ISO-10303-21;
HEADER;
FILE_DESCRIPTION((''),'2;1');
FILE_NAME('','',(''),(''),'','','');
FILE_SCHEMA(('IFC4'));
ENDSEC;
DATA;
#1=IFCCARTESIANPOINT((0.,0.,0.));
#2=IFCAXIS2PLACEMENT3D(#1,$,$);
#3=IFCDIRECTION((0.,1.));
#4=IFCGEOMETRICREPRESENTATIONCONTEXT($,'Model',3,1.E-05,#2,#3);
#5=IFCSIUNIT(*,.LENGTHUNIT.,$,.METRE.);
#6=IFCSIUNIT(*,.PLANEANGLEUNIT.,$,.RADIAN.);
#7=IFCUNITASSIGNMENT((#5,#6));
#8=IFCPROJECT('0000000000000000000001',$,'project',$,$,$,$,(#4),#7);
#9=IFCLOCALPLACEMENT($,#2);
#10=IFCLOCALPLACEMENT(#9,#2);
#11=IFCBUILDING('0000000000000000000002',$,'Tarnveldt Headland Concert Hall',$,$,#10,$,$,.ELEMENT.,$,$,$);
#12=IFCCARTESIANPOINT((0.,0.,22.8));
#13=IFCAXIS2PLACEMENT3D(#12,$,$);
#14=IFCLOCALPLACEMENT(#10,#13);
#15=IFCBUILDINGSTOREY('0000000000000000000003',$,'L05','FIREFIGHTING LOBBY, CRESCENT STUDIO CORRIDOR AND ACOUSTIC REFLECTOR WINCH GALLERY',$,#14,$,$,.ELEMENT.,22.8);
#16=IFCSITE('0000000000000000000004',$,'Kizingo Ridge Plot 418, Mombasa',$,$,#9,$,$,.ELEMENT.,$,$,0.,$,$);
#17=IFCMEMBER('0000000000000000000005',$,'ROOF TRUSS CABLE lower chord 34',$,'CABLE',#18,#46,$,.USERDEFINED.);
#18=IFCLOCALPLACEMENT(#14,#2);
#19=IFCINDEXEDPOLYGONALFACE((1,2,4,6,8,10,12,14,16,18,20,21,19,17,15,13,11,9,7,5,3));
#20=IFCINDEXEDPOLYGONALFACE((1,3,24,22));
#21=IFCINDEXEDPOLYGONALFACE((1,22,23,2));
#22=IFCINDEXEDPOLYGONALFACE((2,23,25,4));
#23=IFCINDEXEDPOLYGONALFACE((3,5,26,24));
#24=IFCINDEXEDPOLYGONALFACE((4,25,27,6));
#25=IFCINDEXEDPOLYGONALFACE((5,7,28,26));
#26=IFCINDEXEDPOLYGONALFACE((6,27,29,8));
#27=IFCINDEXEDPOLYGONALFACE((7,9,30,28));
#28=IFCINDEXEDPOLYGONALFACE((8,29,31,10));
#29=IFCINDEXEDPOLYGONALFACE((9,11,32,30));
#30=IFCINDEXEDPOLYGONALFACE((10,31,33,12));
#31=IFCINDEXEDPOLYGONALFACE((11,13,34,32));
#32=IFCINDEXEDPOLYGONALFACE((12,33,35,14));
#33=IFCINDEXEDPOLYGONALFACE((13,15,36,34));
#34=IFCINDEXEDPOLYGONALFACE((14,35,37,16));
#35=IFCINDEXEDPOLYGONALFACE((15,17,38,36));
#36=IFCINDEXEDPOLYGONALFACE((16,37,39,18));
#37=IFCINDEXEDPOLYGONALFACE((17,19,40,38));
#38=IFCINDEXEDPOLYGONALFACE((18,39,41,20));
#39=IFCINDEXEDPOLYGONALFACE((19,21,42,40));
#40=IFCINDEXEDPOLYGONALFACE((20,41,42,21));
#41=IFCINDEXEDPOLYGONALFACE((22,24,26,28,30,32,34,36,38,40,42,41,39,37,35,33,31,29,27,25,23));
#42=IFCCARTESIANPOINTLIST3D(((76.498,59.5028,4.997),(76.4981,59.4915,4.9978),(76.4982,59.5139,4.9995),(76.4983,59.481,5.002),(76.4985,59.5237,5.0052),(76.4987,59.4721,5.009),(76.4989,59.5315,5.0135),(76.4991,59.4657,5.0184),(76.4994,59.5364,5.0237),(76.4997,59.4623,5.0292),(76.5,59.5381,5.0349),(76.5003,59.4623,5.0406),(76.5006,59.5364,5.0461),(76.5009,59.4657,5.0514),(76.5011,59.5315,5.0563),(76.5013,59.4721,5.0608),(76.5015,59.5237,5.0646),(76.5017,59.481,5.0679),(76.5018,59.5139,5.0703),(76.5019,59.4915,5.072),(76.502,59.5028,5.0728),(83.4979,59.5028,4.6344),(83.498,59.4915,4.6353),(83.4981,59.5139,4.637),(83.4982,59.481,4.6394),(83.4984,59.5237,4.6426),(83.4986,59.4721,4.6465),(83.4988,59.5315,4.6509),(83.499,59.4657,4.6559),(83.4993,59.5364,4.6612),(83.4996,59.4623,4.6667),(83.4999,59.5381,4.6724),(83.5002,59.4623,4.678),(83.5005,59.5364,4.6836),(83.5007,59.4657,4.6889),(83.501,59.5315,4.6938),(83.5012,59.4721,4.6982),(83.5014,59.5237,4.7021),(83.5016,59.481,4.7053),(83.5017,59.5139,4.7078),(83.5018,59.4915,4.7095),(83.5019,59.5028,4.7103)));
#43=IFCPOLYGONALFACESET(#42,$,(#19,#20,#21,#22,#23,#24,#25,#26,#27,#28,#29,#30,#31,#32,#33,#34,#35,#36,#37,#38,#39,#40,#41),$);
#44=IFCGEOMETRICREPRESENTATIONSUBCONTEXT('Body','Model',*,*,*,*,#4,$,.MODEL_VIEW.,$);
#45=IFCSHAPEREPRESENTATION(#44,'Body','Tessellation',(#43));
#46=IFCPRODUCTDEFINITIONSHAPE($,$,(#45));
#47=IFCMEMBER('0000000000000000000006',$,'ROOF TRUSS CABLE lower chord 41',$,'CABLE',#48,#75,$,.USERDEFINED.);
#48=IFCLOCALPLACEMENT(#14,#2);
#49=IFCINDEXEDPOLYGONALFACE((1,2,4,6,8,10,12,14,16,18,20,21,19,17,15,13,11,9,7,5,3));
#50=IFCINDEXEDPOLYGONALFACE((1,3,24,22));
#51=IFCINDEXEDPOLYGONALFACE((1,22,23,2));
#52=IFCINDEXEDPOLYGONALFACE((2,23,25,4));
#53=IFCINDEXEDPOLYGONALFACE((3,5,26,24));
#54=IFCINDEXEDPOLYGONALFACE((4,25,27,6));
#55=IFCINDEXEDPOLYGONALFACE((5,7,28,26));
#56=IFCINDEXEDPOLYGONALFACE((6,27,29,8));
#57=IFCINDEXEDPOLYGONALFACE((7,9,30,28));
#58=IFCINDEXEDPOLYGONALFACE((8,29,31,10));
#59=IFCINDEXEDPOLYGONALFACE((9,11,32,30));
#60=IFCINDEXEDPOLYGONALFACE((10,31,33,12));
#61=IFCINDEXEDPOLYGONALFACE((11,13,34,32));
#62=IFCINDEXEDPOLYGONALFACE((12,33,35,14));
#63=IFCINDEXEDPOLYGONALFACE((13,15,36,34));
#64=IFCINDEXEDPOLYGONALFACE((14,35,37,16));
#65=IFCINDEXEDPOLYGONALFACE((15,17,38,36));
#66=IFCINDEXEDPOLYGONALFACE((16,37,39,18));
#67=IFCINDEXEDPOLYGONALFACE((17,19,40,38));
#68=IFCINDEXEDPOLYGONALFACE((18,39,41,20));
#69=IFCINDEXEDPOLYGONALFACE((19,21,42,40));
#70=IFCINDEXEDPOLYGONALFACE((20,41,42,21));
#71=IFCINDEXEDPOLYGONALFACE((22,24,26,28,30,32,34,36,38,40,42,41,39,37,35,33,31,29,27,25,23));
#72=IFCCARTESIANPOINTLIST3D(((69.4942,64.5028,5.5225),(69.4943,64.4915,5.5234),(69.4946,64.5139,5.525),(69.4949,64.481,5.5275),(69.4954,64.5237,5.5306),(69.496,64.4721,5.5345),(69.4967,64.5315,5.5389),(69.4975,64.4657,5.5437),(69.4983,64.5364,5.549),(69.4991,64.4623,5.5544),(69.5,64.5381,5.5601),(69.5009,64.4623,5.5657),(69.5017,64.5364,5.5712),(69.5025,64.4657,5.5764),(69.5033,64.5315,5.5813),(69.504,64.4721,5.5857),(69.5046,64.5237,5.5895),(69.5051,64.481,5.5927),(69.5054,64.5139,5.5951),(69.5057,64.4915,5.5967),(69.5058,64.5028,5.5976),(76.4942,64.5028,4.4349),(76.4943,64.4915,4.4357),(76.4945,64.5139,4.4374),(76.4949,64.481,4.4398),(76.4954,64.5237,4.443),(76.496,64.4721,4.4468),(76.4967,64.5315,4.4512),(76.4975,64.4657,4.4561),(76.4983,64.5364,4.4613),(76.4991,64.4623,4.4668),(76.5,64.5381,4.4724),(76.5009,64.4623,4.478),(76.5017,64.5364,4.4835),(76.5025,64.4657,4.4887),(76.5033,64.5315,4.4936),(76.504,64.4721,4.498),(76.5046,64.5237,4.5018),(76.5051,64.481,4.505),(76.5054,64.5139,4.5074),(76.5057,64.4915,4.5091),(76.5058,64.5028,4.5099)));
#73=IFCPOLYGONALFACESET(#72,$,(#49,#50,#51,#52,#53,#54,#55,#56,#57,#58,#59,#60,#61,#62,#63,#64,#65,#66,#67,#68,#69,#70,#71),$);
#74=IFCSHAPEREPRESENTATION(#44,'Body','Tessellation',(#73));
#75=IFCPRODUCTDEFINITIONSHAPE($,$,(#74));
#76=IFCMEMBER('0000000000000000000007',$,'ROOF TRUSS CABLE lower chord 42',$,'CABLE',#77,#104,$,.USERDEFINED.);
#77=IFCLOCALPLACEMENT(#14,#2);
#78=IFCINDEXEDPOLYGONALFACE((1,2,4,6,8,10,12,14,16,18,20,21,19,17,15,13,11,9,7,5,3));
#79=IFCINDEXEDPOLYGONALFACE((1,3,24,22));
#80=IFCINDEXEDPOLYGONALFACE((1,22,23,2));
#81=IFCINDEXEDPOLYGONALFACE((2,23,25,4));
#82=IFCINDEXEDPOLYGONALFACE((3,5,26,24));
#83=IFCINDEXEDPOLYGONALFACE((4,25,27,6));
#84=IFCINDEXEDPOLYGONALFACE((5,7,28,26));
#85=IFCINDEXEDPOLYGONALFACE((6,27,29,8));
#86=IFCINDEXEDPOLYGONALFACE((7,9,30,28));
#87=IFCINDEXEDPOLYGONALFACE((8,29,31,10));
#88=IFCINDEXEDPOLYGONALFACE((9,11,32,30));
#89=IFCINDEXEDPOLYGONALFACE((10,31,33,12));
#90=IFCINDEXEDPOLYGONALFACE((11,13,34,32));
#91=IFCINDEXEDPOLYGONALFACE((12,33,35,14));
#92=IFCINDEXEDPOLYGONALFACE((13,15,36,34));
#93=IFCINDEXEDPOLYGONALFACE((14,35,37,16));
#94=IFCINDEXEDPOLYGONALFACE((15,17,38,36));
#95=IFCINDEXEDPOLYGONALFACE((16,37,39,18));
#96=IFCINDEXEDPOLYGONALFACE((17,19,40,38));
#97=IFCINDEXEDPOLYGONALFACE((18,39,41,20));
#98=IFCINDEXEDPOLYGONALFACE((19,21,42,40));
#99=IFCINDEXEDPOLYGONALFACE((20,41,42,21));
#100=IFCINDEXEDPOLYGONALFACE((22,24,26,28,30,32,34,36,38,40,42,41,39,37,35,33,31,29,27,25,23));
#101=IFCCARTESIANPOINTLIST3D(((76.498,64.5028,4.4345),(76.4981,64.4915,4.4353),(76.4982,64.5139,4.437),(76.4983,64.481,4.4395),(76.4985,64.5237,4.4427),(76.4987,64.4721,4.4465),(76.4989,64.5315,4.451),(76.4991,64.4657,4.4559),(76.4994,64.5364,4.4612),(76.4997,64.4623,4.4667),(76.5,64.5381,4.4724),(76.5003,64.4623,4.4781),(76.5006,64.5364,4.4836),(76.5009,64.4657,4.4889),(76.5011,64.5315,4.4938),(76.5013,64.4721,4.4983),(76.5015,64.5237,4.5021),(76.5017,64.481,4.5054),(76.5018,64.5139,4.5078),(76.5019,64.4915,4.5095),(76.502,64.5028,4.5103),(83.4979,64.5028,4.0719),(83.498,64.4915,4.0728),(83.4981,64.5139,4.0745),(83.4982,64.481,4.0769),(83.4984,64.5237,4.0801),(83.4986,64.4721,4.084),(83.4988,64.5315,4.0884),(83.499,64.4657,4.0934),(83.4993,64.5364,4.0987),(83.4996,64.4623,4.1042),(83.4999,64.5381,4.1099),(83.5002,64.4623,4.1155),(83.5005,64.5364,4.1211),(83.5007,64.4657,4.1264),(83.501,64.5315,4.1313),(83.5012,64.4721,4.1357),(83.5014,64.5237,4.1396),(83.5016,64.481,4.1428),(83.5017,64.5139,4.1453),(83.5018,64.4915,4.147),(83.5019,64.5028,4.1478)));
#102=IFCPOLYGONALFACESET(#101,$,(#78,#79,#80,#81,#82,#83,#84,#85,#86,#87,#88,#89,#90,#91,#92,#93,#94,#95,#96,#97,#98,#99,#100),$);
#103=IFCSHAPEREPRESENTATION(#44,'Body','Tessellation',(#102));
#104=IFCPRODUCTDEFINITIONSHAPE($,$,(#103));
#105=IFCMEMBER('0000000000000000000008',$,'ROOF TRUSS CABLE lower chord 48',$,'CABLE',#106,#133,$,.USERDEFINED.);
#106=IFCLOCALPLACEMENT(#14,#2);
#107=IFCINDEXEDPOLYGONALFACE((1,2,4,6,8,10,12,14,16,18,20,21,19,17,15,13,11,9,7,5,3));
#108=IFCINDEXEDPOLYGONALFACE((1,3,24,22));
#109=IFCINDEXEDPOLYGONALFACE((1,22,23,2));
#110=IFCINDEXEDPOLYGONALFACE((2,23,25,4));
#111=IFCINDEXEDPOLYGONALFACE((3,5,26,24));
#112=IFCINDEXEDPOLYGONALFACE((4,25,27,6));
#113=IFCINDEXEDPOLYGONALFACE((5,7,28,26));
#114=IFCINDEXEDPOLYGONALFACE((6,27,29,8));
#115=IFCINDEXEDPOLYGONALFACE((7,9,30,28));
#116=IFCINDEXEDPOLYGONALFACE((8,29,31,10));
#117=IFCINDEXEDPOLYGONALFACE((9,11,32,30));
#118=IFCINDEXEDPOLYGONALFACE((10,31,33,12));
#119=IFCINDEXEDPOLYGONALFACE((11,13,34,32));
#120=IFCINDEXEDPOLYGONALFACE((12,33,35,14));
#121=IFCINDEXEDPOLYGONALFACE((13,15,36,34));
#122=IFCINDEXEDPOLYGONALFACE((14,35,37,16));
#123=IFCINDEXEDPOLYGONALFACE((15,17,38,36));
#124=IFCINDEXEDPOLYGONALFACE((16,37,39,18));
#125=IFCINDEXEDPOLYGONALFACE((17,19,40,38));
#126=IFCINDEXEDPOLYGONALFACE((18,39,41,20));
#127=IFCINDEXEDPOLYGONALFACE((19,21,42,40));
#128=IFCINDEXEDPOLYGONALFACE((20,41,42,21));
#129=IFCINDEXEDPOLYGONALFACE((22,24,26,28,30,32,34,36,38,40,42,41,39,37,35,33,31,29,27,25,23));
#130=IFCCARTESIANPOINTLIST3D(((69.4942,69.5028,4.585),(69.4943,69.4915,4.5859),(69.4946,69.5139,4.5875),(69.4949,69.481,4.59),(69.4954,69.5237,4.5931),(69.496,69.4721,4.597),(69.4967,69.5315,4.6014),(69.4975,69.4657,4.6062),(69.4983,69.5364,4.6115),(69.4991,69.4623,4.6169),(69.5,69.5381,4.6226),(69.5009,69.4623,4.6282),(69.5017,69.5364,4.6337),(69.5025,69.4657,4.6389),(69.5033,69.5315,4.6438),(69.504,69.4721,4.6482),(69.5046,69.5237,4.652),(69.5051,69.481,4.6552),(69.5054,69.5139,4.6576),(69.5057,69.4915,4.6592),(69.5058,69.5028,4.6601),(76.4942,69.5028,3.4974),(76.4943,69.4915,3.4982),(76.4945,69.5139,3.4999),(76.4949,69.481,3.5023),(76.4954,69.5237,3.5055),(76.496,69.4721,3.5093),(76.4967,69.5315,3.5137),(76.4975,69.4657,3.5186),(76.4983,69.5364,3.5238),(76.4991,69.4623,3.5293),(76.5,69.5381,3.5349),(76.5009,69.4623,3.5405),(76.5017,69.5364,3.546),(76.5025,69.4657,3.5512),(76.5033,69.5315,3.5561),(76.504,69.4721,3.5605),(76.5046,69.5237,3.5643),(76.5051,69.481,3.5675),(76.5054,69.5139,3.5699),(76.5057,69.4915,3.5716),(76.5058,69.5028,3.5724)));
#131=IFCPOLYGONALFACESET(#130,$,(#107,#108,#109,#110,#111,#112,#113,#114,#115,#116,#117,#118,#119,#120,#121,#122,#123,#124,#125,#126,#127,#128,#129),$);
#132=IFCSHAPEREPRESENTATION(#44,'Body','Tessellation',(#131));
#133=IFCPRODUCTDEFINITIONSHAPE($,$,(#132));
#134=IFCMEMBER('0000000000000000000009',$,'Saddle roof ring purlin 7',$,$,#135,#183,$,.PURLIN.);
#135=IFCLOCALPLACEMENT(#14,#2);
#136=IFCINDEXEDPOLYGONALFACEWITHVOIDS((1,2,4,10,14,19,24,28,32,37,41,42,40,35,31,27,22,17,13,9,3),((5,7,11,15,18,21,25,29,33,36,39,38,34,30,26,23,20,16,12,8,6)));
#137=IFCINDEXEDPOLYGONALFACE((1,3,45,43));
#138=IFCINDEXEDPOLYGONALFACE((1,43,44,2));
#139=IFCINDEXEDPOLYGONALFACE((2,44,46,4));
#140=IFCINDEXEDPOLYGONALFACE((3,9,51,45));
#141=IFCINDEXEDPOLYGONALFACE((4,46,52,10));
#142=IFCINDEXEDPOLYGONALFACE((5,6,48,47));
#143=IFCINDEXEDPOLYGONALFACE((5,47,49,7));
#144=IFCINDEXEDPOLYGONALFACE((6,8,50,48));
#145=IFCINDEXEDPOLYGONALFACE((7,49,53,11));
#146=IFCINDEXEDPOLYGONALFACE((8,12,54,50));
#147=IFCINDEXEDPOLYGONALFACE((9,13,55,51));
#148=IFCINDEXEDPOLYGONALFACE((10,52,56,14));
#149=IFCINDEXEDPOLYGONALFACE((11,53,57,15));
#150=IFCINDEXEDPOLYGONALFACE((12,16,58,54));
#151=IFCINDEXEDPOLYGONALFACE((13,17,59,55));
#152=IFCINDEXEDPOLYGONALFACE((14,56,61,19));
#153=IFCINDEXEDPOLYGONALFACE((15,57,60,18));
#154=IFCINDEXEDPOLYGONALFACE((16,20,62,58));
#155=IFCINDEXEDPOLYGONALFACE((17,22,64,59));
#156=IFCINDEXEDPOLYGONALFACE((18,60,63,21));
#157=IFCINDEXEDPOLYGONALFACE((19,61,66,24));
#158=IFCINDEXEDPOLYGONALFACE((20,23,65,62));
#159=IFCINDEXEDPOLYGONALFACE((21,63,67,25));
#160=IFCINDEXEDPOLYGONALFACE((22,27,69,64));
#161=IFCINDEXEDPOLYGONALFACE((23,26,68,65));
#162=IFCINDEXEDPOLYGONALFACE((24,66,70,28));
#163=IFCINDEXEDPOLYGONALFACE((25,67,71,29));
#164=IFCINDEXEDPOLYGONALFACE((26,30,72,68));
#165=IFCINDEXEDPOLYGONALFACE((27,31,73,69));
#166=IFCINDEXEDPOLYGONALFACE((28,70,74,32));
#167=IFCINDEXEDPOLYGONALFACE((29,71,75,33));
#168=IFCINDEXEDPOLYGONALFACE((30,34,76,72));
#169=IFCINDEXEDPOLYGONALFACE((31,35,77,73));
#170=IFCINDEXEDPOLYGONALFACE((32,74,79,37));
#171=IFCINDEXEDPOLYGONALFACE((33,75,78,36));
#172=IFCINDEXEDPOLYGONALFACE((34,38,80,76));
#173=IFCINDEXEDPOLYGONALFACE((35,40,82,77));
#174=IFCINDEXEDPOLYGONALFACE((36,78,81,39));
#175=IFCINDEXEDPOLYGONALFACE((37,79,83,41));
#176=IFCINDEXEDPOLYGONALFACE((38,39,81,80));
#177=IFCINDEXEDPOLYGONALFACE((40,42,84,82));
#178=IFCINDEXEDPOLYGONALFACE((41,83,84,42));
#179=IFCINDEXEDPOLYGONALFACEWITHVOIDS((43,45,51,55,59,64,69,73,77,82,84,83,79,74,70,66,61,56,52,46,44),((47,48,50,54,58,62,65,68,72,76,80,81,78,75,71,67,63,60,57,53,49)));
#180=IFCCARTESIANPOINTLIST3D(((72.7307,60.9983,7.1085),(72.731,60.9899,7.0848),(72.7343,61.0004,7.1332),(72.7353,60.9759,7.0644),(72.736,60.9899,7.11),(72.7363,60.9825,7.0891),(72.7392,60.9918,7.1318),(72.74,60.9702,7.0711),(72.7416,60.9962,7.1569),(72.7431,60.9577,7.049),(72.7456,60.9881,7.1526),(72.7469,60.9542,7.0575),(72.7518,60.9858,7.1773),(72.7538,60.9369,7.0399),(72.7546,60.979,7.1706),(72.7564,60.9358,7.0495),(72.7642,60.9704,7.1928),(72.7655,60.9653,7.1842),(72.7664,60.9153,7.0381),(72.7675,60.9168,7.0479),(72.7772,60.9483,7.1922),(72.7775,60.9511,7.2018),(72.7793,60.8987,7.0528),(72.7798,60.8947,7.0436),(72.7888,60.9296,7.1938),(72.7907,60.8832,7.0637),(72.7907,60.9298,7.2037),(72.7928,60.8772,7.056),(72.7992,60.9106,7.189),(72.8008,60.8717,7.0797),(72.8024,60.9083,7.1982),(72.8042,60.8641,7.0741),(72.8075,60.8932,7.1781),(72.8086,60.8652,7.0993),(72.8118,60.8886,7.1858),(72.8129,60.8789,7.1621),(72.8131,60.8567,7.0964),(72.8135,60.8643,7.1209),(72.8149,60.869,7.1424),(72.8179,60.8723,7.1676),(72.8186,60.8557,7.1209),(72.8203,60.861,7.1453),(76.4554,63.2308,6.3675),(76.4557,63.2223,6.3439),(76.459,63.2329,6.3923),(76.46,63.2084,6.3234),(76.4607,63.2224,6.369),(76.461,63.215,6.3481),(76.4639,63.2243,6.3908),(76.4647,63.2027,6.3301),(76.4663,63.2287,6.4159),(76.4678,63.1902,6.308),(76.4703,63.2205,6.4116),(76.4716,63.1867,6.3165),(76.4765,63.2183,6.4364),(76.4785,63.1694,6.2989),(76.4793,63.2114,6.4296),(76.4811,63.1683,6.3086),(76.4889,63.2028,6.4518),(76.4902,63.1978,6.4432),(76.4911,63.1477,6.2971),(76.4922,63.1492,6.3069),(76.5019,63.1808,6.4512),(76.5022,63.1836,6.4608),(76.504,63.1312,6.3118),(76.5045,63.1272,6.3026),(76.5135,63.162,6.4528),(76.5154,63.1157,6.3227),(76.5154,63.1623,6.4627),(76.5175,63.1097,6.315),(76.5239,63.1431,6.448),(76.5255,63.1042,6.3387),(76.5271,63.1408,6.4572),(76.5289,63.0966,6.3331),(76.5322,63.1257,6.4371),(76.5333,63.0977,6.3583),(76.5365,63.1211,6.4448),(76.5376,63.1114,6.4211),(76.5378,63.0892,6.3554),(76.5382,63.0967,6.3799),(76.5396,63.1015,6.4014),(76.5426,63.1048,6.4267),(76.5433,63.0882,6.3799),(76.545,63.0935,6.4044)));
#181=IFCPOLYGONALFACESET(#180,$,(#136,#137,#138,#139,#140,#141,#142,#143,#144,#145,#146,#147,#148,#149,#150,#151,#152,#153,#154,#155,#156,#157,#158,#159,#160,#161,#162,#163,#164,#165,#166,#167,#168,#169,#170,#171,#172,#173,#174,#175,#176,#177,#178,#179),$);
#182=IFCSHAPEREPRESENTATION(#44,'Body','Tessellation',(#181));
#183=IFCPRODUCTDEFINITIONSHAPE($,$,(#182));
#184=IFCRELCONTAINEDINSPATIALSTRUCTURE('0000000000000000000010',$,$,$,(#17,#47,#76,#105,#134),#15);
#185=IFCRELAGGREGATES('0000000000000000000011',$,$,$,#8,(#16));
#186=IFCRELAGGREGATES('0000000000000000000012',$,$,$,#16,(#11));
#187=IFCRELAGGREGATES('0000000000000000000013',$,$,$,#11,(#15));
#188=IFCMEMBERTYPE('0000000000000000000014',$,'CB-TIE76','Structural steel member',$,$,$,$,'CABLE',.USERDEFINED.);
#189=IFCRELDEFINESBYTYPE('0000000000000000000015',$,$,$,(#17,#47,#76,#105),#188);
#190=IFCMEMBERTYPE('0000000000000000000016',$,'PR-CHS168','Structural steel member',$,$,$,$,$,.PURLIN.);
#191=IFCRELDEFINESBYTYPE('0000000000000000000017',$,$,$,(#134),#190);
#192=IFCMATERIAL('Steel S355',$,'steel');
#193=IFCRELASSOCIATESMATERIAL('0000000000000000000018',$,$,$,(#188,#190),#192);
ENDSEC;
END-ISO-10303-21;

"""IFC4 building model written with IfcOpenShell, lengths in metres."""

from ifc_helpers import new_model, si_unit, direction, frame, origin, origin_2d, place, context, subcontext, project, spatial, circle, hollow_circle, extrude, material, material_profile, profile_set, type_object, element, save


model = new_model("IFC4")

# Units and contexts
model_context = context("Model", 3, precision=1e-05, world=origin(), true_north=direction((0.0, 1.0)))
body_context = subcontext(model_context, "Body", "Model", "MODEL_VIEW")
ifc_project = project(units=[si_unit("LENGTHUNIT", "METRE"), si_unit("PLANEANGLEUNIT", "RADIAN")], contexts=[model_context])

# Site, building, storey
site_placement = place(None, origin())
site = spatial("IfcSite", under=ifc_project, at=site_placement, Name="Kizingo Ridge Plot 418, Mombasa", CompositionType="ELEMENT", RefElevation=0.0)
building_placement = place(site_placement, origin())
building = spatial("IfcBuilding", under=site, at=building_placement, Name="Tarnveldt Headland Concert Hall", CompositionType="ELEMENT")
storey_placement = place(building_placement, frame((0.0, 0.0, 22.8)))
storey = spatial("IfcBuildingStorey", under=building, at=storey_placement, Name="L05", Description="FIREFIGHTING LOBBY, CRESCENT STUDIO CORRIDOR AND ACOUSTIC REFLECTOR WINCH GALLERY", CompositionType="ELEMENT", Elevation=22.8)

# Members
ifc_material_1 = material(Name="Steel S355", Category="steel")
ifc_material_profile_1 = material_profile(ifc_material_1, circle(Radius=0.0381, at=origin_2d()), Name="LC D76", Category="steel")
ifc_profile_set_1 = profile_set([ifc_material_profile_1], Name="Steel S355")
member_type_1 = type_object("IfcMemberType", Name="CB-TIE76", Description="Structural steel member", ElementType="CABLE", PredefinedType="USERDEFINED", material=ifc_profile_set_1)
member_1_placement = place(storey_placement, frame((76.5, 59.5, 5.0349), z_axis=(0.998661, 0.0, -0.051723), x_axis=(0.0, 1.0, 0.0)))
element("IfcMember", 1, at=member_1_placement, inside=storey, type_object=member_type_1, Name="ROOF TRUSS CABLE lower chord 34", ObjectType="CABLE", PredefinedType="USERDEFINED", context=body_context, shape_type="SweptSolid", body=[
    extrude(circle(Radius=0.0381, at=origin_2d()), origin(), (0.0, 0.0, 1.0), 7.0093),
])
member_2_placement = place(storey_placement, frame((69.5, 64.5, 5.5601), z_axis=(0.988143, 0.0, -0.153536), x_axis=(0.0, 1.0, 0.0)))
element("IfcMember", 2, at=member_2_placement, inside=storey, type_object=member_type_1, Name="ROOF TRUSS CABLE lower chord 41", ObjectType="CABLE", PredefinedType="USERDEFINED", context=body_context, shape_type="SweptSolid", body=[
    extrude(circle(Radius=0.0381, at=origin_2d()), origin(), (0.0, 0.0, 1.0), 7.084),
])
member_3_placement = place(storey_placement, frame((76.5, 64.5, 4.4724), z_axis=(0.998661, 0.0, -0.051723), x_axis=(0.0, 1.0, 0.0)))
element("IfcMember", 3, at=member_3_placement, inside=storey, type_object=member_type_1, Name="ROOF TRUSS CABLE lower chord 42", ObjectType="CABLE", PredefinedType="USERDEFINED", context=body_context, shape_type="SweptSolid", body=[
    extrude(circle(Radius=0.0381, at=origin_2d()), origin(), (0.0, 0.0, 1.0), 7.0093),
])
member_4_placement = place(storey_placement, frame((69.5, 69.5, 4.6226), z_axis=(0.988143, 0.0, -0.153536), x_axis=(0.0, 1.0, 0.0)))
element("IfcMember", 4, at=member_4_placement, inside=storey, type_object=member_type_1, Name="ROOF TRUSS CABLE lower chord 48", ObjectType="CABLE", PredefinedType="USERDEFINED", context=body_context, shape_type="SweptSolid", body=[
    extrude(circle(Radius=0.0381, at=origin_2d()), origin(), (0.0, 0.0, 1.0), 7.084),
])
ifc_material_profile_2 = material_profile(ifc_material_1, hollow_circle(Radius=0.0842, WallThickness=0.01, at=origin_2d()), Name="CHS 168.3x10", Category="steel")
ifc_profile_set_2 = profile_set([ifc_material_profile_2], Name="Steel S355")
member_type_2 = type_object("IfcMemberType", Name="PR-CHS168", Description="Structural steel member", PredefinedType="PURLIN", material=ifc_profile_set_2)
member_5_placement = place(storey_placement, frame((76.5, 63.1604, 6.3799), z_axis=(-0.84551, -0.506774, 0.168204), x_axis=(0.514099, -0.857731, 0.0)))
element("IfcMember", 5, at=member_5_placement, inside=storey, type_object=member_type_2, Name="Saddle roof ring purlin 7", PredefinedType="PURLIN", context=body_context, shape_type="SweptSolid", body=[
    extrude(hollow_circle(Radius=0.0842, WallThickness=0.01, at=origin_2d()), origin(), (0.0, 0.0, 1.0), 4.4053),
])

save(model, "model.ifc")
